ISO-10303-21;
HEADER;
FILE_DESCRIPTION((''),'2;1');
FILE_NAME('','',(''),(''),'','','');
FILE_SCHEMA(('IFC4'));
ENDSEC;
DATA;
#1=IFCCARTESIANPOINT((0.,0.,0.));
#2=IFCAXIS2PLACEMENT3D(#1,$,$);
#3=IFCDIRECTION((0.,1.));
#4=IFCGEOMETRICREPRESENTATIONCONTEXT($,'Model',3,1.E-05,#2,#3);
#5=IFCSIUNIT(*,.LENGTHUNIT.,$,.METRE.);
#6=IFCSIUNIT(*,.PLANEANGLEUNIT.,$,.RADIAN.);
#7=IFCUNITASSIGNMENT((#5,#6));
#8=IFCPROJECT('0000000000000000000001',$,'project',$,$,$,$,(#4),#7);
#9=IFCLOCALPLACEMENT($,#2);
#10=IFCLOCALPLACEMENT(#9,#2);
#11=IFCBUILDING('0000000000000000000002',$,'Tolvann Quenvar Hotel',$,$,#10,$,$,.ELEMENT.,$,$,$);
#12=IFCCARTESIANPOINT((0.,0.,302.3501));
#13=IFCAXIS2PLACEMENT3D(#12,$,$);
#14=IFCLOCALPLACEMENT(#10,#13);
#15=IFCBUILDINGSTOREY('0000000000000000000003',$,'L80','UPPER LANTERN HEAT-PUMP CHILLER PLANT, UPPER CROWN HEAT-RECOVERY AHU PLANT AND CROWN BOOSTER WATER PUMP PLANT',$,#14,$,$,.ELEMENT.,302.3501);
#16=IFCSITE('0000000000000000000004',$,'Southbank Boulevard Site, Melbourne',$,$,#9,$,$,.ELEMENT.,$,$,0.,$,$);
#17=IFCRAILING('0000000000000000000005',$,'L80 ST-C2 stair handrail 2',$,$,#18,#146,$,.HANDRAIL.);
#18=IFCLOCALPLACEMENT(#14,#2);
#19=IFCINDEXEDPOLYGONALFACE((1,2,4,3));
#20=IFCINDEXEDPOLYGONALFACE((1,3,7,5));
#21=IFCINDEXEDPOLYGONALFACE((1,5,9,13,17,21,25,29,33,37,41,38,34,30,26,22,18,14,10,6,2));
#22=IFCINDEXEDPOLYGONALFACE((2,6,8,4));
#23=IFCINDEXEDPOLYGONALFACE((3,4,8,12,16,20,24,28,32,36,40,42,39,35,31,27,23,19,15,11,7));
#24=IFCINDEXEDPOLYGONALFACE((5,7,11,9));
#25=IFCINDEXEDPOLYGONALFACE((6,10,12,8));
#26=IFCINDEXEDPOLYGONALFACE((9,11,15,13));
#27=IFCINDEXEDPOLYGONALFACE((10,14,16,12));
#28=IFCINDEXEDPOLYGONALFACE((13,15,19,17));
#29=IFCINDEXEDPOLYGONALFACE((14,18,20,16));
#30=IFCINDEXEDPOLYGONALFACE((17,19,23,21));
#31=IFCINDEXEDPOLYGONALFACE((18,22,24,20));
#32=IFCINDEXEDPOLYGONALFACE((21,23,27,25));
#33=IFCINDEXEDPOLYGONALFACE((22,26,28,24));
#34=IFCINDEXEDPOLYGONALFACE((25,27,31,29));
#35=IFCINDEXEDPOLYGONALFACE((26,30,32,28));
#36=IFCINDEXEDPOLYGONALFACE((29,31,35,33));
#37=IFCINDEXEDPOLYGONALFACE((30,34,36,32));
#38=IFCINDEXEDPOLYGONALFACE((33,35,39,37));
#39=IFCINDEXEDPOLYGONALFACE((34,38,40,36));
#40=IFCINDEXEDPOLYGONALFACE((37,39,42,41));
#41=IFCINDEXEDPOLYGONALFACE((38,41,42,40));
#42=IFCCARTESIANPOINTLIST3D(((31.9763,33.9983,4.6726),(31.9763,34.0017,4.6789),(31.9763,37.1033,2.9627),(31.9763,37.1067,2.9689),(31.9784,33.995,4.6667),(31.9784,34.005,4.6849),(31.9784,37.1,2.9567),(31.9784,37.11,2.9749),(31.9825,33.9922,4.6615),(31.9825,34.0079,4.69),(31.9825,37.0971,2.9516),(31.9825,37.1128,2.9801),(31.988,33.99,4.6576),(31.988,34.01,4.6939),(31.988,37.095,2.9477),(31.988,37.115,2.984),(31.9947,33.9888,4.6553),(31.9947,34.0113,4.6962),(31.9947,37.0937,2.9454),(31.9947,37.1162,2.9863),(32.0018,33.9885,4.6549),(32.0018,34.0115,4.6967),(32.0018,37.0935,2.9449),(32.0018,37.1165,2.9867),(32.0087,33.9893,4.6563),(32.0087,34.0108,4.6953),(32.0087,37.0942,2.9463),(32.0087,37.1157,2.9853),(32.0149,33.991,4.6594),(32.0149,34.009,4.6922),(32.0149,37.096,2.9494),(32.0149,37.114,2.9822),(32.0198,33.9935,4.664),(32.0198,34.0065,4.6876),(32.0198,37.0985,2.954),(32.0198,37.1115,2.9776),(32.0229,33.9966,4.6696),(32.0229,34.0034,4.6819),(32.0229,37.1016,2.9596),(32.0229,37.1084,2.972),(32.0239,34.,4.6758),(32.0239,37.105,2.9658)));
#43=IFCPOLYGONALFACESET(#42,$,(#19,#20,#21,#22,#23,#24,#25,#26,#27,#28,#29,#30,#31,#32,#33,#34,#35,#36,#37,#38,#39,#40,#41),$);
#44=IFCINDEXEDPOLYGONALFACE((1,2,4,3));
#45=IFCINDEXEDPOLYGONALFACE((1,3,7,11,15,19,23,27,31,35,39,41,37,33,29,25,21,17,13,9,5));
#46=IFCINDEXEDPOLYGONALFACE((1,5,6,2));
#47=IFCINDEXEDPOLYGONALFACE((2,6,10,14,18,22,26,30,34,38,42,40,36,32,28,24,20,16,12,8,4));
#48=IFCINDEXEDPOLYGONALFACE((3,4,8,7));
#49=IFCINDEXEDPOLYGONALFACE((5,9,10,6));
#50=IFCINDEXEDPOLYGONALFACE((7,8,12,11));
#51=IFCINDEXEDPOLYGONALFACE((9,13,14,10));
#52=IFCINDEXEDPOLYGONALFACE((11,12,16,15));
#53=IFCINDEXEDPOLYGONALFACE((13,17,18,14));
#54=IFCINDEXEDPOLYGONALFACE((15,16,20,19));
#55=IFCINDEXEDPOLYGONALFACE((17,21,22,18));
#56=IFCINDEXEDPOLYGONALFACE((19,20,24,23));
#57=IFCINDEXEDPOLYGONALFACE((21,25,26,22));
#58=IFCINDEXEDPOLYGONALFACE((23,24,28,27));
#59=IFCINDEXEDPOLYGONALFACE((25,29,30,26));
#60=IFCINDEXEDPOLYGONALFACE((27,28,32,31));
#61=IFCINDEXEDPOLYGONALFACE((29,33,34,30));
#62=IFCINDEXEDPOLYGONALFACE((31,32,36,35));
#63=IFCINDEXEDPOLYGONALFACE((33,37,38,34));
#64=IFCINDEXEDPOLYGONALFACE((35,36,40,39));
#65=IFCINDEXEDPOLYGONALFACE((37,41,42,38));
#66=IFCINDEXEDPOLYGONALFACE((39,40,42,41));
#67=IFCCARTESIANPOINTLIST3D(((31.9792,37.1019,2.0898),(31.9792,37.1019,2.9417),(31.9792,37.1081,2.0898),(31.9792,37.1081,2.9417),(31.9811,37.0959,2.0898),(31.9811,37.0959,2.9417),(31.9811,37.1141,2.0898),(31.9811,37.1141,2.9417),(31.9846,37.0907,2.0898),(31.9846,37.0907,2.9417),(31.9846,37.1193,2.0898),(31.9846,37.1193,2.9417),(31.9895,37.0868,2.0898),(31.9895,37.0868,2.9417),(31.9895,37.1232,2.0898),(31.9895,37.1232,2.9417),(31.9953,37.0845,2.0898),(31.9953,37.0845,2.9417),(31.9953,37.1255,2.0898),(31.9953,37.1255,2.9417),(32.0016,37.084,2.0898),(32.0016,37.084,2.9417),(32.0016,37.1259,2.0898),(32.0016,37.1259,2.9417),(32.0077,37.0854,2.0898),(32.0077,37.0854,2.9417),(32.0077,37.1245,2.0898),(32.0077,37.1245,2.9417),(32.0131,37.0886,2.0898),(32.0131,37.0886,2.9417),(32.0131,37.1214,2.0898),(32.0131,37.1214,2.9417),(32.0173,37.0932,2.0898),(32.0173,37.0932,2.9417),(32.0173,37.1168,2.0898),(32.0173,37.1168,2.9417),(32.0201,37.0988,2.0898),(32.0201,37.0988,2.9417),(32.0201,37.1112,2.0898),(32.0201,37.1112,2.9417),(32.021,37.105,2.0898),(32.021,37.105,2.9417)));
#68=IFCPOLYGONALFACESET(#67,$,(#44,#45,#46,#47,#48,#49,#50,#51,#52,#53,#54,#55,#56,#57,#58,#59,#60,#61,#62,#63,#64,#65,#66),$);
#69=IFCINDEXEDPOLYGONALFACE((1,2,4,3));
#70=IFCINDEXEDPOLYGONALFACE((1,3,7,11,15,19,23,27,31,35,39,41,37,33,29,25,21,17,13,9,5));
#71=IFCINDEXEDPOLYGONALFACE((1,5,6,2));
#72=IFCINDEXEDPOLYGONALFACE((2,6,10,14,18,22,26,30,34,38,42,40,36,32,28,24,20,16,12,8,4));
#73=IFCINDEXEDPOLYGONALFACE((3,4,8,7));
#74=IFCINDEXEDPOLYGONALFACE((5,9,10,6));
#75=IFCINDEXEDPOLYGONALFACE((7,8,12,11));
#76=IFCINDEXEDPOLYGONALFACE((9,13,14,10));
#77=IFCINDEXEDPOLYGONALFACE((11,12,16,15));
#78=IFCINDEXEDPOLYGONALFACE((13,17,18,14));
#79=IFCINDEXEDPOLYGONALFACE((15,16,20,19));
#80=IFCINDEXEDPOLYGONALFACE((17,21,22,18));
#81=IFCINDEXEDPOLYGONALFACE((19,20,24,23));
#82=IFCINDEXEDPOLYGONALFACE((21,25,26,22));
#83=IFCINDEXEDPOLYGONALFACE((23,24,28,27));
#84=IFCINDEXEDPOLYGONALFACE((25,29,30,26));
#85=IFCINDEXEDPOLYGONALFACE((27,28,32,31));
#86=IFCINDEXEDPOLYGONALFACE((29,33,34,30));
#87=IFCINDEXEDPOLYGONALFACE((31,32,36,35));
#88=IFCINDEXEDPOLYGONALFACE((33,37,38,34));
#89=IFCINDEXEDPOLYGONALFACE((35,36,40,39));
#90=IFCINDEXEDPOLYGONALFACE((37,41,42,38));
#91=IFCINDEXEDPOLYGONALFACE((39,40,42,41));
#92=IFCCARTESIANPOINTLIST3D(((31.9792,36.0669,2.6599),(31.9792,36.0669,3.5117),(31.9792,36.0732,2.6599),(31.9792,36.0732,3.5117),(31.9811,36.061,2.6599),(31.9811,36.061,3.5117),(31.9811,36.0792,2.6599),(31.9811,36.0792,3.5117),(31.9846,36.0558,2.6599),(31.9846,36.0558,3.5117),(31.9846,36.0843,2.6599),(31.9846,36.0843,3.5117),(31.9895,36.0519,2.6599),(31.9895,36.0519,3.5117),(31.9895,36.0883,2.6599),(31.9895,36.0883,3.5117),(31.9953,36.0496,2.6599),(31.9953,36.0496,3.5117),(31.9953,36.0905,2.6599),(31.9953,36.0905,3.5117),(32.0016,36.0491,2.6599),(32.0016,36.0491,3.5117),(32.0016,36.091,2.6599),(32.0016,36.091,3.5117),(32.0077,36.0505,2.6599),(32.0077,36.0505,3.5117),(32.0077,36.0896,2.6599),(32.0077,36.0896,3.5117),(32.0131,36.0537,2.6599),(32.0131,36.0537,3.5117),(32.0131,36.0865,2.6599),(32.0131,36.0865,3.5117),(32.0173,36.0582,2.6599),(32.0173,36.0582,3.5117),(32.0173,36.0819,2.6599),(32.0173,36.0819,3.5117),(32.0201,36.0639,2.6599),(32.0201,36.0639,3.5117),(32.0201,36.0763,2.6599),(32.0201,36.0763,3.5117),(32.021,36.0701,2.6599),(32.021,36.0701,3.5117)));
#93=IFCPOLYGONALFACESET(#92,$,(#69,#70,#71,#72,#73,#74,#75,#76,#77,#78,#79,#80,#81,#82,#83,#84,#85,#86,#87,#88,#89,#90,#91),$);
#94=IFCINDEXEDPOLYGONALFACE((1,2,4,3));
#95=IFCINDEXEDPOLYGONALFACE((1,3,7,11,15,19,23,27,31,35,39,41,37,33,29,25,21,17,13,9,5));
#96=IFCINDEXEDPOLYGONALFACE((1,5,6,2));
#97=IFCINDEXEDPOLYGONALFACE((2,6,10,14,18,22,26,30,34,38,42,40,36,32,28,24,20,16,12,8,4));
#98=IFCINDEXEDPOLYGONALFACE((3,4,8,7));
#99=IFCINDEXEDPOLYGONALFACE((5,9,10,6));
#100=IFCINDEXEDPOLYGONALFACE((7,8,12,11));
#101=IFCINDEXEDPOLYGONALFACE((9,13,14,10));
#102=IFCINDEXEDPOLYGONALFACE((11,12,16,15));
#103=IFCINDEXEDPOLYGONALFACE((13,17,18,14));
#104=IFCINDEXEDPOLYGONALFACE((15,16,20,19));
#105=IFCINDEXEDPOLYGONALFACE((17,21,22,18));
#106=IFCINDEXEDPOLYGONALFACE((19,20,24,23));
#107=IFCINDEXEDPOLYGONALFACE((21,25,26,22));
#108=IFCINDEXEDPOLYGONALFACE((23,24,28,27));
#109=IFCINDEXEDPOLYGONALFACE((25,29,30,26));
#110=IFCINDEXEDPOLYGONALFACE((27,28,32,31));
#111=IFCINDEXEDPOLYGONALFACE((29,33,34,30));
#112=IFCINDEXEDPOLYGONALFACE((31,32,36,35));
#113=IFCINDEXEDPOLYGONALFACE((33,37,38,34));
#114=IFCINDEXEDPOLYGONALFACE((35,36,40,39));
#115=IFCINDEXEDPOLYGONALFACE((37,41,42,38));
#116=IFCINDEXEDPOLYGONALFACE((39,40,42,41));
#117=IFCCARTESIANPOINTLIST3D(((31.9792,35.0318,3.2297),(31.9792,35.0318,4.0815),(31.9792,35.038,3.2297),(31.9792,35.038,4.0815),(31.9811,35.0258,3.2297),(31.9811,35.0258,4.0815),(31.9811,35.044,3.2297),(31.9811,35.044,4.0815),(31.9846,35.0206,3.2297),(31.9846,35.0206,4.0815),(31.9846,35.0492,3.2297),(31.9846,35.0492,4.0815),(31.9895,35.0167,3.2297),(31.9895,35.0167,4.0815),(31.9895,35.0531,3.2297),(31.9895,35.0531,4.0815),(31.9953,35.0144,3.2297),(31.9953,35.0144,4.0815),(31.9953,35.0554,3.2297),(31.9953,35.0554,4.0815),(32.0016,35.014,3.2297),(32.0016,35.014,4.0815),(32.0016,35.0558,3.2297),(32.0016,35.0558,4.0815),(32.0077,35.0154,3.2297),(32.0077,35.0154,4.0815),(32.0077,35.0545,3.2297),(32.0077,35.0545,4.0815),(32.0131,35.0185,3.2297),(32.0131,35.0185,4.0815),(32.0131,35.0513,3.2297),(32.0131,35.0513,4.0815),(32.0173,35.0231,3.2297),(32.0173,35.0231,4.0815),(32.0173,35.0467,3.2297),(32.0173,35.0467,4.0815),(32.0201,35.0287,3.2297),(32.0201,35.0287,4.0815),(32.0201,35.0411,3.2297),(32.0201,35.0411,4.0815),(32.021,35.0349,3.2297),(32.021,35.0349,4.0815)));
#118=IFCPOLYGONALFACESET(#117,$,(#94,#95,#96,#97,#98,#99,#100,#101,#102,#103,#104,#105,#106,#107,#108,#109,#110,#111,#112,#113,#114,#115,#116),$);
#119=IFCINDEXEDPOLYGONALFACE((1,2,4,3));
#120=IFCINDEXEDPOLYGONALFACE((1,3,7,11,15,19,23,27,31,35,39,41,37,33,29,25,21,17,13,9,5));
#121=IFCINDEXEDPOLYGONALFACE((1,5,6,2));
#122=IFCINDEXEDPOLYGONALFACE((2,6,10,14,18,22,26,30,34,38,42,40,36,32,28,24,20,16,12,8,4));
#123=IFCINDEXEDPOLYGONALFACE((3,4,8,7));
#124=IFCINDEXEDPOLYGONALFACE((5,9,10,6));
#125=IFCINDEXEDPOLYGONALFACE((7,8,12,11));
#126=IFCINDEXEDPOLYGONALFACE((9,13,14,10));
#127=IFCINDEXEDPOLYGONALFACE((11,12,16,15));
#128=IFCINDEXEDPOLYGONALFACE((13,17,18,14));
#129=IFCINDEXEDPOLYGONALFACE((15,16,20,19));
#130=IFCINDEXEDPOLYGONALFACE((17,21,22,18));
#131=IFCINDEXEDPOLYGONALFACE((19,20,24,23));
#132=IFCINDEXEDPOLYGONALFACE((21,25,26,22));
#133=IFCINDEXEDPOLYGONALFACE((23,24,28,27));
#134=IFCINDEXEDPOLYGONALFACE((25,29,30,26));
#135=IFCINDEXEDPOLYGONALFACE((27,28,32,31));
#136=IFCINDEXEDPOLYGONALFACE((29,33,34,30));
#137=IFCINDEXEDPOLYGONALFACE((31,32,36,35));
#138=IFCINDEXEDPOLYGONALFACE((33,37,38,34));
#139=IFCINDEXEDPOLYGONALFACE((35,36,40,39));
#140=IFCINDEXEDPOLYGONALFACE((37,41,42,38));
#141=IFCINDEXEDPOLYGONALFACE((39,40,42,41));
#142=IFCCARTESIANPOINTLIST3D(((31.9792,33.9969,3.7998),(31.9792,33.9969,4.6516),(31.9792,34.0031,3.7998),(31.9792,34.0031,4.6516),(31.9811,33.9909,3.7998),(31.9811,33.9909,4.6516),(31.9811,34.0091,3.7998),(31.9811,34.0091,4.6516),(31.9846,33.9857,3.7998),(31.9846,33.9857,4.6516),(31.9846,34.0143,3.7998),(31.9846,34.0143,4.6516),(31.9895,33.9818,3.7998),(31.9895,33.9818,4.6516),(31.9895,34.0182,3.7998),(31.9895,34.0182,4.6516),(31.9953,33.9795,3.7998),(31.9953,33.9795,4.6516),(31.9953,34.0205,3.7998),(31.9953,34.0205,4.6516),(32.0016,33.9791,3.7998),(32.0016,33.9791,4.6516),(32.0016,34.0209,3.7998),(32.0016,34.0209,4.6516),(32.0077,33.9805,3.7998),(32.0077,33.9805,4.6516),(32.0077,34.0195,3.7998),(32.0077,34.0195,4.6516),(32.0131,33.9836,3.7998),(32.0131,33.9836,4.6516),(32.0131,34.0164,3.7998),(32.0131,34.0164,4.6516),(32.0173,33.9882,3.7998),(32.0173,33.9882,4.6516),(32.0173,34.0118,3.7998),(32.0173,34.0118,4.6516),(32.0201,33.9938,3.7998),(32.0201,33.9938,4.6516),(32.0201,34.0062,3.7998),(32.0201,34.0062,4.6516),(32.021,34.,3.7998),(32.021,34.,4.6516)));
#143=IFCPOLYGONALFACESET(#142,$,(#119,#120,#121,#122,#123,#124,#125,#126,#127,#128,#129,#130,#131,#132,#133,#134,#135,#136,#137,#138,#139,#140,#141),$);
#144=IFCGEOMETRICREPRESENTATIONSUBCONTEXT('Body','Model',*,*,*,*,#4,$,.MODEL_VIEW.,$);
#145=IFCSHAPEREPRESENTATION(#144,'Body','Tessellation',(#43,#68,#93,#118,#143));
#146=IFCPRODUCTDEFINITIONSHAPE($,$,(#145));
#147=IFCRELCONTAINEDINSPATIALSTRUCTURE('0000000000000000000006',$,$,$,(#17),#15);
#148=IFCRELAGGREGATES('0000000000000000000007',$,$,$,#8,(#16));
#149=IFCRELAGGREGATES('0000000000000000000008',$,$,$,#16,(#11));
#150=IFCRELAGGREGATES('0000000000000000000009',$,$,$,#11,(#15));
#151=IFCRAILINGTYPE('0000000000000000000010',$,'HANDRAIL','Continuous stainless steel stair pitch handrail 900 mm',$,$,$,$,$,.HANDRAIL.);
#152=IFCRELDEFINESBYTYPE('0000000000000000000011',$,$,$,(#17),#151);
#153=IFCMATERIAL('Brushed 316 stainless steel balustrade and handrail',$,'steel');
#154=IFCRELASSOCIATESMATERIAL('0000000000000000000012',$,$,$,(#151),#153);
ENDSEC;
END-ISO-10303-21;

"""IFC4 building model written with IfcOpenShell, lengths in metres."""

from ifc_helpers import new_model, si_unit, direction, frame, origin, origin_2d, place, context, subcontext, project, spatial, circle, extrude, material, type_object, element, save


model = new_model("IFC4")

# Units and contexts
model_context = context("Model", 3, precision=1e-05, world=origin(), true_north=direction((0.0, 1.0)))
body_context = subcontext(model_context, "Body", "Model", "MODEL_VIEW")
ifc_project = project(units=[si_unit("LENGTHUNIT", "METRE"), si_unit("PLANEANGLEUNIT", "RADIAN")], contexts=[model_context])

# Site, building, storey
site_placement = place(None, origin())
site = spatial("IfcSite", under=ifc_project, at=site_placement, Name="Southbank Boulevard Site, Melbourne", CompositionType="ELEMENT", RefElevation=0.0)
building_placement = place(site_placement, origin())
building = spatial("IfcBuilding", under=site, at=building_placement, Name="Tolvann Quenvar Hotel", CompositionType="ELEMENT")
storey_placement = place(building_placement, frame((0.0, 0.0, 302.3501)))
storey = spatial("IfcBuildingStorey", under=building, at=storey_placement, Name="L80", Description="UPPER LANTERN HEAT-PUMP CHILLER PLANT, UPPER CROWN HEAT-RECOVERY AHU PLANT AND CROWN BOOSTER WATER PUMP PLANT", CompositionType="ELEMENT", Elevation=302.3501)

# Railing
ifc_material_1 = material(Name="Brushed 316 stainless steel balustrade and handrail", Category="steel")
railing_type_1 = type_object("IfcRailingType", Name="HANDRAIL", Description="Continuous stainless steel stair pitch handrail 900 mm", PredefinedType="HANDRAIL", material=ifc_material_1)
railing_1_placement = place(storey_placement, frame((32.0, 37.105, 2.0898)))
element("IfcRailing", 1, at=railing_1_placement, inside=storey, type_object=railing_type_1, Name="L80 ST-C2 stair handrail 2", PredefinedType="HANDRAIL", context=body_context, shape_type="SweptSolid", body=[
    extrude(circle(Radius=0.0239, at=origin_2d()), frame((0.0, 0.0, 0.876), z_axis=(0.0, -0.875951, 0.4824), x_axis=(1.0, 0.0, 0.0)), (0.0, 0.0, 1.0), 3.5447),
    extrude(circle(Radius=0.021, at=origin_2d()), origin(), (0.0, 0.0, 1.0), 0.8518),
    extrude(circle(Radius=0.021, at=origin_2d()), frame((0.0, -1.0349, 0.5701)), (0.0, 0.0, 1.0), 0.8518),
    extrude(circle(Radius=0.021, at=origin_2d()), frame((0.0, -2.0701, 1.1399)), (0.0, 0.0, 1.0), 0.8518),
    extrude(circle(Radius=0.021, at=origin_2d()), frame((0.0, -3.105, 1.71)), (0.0, 0.0, 1.0), 0.8518),
])

save(model, "model.ifc")
